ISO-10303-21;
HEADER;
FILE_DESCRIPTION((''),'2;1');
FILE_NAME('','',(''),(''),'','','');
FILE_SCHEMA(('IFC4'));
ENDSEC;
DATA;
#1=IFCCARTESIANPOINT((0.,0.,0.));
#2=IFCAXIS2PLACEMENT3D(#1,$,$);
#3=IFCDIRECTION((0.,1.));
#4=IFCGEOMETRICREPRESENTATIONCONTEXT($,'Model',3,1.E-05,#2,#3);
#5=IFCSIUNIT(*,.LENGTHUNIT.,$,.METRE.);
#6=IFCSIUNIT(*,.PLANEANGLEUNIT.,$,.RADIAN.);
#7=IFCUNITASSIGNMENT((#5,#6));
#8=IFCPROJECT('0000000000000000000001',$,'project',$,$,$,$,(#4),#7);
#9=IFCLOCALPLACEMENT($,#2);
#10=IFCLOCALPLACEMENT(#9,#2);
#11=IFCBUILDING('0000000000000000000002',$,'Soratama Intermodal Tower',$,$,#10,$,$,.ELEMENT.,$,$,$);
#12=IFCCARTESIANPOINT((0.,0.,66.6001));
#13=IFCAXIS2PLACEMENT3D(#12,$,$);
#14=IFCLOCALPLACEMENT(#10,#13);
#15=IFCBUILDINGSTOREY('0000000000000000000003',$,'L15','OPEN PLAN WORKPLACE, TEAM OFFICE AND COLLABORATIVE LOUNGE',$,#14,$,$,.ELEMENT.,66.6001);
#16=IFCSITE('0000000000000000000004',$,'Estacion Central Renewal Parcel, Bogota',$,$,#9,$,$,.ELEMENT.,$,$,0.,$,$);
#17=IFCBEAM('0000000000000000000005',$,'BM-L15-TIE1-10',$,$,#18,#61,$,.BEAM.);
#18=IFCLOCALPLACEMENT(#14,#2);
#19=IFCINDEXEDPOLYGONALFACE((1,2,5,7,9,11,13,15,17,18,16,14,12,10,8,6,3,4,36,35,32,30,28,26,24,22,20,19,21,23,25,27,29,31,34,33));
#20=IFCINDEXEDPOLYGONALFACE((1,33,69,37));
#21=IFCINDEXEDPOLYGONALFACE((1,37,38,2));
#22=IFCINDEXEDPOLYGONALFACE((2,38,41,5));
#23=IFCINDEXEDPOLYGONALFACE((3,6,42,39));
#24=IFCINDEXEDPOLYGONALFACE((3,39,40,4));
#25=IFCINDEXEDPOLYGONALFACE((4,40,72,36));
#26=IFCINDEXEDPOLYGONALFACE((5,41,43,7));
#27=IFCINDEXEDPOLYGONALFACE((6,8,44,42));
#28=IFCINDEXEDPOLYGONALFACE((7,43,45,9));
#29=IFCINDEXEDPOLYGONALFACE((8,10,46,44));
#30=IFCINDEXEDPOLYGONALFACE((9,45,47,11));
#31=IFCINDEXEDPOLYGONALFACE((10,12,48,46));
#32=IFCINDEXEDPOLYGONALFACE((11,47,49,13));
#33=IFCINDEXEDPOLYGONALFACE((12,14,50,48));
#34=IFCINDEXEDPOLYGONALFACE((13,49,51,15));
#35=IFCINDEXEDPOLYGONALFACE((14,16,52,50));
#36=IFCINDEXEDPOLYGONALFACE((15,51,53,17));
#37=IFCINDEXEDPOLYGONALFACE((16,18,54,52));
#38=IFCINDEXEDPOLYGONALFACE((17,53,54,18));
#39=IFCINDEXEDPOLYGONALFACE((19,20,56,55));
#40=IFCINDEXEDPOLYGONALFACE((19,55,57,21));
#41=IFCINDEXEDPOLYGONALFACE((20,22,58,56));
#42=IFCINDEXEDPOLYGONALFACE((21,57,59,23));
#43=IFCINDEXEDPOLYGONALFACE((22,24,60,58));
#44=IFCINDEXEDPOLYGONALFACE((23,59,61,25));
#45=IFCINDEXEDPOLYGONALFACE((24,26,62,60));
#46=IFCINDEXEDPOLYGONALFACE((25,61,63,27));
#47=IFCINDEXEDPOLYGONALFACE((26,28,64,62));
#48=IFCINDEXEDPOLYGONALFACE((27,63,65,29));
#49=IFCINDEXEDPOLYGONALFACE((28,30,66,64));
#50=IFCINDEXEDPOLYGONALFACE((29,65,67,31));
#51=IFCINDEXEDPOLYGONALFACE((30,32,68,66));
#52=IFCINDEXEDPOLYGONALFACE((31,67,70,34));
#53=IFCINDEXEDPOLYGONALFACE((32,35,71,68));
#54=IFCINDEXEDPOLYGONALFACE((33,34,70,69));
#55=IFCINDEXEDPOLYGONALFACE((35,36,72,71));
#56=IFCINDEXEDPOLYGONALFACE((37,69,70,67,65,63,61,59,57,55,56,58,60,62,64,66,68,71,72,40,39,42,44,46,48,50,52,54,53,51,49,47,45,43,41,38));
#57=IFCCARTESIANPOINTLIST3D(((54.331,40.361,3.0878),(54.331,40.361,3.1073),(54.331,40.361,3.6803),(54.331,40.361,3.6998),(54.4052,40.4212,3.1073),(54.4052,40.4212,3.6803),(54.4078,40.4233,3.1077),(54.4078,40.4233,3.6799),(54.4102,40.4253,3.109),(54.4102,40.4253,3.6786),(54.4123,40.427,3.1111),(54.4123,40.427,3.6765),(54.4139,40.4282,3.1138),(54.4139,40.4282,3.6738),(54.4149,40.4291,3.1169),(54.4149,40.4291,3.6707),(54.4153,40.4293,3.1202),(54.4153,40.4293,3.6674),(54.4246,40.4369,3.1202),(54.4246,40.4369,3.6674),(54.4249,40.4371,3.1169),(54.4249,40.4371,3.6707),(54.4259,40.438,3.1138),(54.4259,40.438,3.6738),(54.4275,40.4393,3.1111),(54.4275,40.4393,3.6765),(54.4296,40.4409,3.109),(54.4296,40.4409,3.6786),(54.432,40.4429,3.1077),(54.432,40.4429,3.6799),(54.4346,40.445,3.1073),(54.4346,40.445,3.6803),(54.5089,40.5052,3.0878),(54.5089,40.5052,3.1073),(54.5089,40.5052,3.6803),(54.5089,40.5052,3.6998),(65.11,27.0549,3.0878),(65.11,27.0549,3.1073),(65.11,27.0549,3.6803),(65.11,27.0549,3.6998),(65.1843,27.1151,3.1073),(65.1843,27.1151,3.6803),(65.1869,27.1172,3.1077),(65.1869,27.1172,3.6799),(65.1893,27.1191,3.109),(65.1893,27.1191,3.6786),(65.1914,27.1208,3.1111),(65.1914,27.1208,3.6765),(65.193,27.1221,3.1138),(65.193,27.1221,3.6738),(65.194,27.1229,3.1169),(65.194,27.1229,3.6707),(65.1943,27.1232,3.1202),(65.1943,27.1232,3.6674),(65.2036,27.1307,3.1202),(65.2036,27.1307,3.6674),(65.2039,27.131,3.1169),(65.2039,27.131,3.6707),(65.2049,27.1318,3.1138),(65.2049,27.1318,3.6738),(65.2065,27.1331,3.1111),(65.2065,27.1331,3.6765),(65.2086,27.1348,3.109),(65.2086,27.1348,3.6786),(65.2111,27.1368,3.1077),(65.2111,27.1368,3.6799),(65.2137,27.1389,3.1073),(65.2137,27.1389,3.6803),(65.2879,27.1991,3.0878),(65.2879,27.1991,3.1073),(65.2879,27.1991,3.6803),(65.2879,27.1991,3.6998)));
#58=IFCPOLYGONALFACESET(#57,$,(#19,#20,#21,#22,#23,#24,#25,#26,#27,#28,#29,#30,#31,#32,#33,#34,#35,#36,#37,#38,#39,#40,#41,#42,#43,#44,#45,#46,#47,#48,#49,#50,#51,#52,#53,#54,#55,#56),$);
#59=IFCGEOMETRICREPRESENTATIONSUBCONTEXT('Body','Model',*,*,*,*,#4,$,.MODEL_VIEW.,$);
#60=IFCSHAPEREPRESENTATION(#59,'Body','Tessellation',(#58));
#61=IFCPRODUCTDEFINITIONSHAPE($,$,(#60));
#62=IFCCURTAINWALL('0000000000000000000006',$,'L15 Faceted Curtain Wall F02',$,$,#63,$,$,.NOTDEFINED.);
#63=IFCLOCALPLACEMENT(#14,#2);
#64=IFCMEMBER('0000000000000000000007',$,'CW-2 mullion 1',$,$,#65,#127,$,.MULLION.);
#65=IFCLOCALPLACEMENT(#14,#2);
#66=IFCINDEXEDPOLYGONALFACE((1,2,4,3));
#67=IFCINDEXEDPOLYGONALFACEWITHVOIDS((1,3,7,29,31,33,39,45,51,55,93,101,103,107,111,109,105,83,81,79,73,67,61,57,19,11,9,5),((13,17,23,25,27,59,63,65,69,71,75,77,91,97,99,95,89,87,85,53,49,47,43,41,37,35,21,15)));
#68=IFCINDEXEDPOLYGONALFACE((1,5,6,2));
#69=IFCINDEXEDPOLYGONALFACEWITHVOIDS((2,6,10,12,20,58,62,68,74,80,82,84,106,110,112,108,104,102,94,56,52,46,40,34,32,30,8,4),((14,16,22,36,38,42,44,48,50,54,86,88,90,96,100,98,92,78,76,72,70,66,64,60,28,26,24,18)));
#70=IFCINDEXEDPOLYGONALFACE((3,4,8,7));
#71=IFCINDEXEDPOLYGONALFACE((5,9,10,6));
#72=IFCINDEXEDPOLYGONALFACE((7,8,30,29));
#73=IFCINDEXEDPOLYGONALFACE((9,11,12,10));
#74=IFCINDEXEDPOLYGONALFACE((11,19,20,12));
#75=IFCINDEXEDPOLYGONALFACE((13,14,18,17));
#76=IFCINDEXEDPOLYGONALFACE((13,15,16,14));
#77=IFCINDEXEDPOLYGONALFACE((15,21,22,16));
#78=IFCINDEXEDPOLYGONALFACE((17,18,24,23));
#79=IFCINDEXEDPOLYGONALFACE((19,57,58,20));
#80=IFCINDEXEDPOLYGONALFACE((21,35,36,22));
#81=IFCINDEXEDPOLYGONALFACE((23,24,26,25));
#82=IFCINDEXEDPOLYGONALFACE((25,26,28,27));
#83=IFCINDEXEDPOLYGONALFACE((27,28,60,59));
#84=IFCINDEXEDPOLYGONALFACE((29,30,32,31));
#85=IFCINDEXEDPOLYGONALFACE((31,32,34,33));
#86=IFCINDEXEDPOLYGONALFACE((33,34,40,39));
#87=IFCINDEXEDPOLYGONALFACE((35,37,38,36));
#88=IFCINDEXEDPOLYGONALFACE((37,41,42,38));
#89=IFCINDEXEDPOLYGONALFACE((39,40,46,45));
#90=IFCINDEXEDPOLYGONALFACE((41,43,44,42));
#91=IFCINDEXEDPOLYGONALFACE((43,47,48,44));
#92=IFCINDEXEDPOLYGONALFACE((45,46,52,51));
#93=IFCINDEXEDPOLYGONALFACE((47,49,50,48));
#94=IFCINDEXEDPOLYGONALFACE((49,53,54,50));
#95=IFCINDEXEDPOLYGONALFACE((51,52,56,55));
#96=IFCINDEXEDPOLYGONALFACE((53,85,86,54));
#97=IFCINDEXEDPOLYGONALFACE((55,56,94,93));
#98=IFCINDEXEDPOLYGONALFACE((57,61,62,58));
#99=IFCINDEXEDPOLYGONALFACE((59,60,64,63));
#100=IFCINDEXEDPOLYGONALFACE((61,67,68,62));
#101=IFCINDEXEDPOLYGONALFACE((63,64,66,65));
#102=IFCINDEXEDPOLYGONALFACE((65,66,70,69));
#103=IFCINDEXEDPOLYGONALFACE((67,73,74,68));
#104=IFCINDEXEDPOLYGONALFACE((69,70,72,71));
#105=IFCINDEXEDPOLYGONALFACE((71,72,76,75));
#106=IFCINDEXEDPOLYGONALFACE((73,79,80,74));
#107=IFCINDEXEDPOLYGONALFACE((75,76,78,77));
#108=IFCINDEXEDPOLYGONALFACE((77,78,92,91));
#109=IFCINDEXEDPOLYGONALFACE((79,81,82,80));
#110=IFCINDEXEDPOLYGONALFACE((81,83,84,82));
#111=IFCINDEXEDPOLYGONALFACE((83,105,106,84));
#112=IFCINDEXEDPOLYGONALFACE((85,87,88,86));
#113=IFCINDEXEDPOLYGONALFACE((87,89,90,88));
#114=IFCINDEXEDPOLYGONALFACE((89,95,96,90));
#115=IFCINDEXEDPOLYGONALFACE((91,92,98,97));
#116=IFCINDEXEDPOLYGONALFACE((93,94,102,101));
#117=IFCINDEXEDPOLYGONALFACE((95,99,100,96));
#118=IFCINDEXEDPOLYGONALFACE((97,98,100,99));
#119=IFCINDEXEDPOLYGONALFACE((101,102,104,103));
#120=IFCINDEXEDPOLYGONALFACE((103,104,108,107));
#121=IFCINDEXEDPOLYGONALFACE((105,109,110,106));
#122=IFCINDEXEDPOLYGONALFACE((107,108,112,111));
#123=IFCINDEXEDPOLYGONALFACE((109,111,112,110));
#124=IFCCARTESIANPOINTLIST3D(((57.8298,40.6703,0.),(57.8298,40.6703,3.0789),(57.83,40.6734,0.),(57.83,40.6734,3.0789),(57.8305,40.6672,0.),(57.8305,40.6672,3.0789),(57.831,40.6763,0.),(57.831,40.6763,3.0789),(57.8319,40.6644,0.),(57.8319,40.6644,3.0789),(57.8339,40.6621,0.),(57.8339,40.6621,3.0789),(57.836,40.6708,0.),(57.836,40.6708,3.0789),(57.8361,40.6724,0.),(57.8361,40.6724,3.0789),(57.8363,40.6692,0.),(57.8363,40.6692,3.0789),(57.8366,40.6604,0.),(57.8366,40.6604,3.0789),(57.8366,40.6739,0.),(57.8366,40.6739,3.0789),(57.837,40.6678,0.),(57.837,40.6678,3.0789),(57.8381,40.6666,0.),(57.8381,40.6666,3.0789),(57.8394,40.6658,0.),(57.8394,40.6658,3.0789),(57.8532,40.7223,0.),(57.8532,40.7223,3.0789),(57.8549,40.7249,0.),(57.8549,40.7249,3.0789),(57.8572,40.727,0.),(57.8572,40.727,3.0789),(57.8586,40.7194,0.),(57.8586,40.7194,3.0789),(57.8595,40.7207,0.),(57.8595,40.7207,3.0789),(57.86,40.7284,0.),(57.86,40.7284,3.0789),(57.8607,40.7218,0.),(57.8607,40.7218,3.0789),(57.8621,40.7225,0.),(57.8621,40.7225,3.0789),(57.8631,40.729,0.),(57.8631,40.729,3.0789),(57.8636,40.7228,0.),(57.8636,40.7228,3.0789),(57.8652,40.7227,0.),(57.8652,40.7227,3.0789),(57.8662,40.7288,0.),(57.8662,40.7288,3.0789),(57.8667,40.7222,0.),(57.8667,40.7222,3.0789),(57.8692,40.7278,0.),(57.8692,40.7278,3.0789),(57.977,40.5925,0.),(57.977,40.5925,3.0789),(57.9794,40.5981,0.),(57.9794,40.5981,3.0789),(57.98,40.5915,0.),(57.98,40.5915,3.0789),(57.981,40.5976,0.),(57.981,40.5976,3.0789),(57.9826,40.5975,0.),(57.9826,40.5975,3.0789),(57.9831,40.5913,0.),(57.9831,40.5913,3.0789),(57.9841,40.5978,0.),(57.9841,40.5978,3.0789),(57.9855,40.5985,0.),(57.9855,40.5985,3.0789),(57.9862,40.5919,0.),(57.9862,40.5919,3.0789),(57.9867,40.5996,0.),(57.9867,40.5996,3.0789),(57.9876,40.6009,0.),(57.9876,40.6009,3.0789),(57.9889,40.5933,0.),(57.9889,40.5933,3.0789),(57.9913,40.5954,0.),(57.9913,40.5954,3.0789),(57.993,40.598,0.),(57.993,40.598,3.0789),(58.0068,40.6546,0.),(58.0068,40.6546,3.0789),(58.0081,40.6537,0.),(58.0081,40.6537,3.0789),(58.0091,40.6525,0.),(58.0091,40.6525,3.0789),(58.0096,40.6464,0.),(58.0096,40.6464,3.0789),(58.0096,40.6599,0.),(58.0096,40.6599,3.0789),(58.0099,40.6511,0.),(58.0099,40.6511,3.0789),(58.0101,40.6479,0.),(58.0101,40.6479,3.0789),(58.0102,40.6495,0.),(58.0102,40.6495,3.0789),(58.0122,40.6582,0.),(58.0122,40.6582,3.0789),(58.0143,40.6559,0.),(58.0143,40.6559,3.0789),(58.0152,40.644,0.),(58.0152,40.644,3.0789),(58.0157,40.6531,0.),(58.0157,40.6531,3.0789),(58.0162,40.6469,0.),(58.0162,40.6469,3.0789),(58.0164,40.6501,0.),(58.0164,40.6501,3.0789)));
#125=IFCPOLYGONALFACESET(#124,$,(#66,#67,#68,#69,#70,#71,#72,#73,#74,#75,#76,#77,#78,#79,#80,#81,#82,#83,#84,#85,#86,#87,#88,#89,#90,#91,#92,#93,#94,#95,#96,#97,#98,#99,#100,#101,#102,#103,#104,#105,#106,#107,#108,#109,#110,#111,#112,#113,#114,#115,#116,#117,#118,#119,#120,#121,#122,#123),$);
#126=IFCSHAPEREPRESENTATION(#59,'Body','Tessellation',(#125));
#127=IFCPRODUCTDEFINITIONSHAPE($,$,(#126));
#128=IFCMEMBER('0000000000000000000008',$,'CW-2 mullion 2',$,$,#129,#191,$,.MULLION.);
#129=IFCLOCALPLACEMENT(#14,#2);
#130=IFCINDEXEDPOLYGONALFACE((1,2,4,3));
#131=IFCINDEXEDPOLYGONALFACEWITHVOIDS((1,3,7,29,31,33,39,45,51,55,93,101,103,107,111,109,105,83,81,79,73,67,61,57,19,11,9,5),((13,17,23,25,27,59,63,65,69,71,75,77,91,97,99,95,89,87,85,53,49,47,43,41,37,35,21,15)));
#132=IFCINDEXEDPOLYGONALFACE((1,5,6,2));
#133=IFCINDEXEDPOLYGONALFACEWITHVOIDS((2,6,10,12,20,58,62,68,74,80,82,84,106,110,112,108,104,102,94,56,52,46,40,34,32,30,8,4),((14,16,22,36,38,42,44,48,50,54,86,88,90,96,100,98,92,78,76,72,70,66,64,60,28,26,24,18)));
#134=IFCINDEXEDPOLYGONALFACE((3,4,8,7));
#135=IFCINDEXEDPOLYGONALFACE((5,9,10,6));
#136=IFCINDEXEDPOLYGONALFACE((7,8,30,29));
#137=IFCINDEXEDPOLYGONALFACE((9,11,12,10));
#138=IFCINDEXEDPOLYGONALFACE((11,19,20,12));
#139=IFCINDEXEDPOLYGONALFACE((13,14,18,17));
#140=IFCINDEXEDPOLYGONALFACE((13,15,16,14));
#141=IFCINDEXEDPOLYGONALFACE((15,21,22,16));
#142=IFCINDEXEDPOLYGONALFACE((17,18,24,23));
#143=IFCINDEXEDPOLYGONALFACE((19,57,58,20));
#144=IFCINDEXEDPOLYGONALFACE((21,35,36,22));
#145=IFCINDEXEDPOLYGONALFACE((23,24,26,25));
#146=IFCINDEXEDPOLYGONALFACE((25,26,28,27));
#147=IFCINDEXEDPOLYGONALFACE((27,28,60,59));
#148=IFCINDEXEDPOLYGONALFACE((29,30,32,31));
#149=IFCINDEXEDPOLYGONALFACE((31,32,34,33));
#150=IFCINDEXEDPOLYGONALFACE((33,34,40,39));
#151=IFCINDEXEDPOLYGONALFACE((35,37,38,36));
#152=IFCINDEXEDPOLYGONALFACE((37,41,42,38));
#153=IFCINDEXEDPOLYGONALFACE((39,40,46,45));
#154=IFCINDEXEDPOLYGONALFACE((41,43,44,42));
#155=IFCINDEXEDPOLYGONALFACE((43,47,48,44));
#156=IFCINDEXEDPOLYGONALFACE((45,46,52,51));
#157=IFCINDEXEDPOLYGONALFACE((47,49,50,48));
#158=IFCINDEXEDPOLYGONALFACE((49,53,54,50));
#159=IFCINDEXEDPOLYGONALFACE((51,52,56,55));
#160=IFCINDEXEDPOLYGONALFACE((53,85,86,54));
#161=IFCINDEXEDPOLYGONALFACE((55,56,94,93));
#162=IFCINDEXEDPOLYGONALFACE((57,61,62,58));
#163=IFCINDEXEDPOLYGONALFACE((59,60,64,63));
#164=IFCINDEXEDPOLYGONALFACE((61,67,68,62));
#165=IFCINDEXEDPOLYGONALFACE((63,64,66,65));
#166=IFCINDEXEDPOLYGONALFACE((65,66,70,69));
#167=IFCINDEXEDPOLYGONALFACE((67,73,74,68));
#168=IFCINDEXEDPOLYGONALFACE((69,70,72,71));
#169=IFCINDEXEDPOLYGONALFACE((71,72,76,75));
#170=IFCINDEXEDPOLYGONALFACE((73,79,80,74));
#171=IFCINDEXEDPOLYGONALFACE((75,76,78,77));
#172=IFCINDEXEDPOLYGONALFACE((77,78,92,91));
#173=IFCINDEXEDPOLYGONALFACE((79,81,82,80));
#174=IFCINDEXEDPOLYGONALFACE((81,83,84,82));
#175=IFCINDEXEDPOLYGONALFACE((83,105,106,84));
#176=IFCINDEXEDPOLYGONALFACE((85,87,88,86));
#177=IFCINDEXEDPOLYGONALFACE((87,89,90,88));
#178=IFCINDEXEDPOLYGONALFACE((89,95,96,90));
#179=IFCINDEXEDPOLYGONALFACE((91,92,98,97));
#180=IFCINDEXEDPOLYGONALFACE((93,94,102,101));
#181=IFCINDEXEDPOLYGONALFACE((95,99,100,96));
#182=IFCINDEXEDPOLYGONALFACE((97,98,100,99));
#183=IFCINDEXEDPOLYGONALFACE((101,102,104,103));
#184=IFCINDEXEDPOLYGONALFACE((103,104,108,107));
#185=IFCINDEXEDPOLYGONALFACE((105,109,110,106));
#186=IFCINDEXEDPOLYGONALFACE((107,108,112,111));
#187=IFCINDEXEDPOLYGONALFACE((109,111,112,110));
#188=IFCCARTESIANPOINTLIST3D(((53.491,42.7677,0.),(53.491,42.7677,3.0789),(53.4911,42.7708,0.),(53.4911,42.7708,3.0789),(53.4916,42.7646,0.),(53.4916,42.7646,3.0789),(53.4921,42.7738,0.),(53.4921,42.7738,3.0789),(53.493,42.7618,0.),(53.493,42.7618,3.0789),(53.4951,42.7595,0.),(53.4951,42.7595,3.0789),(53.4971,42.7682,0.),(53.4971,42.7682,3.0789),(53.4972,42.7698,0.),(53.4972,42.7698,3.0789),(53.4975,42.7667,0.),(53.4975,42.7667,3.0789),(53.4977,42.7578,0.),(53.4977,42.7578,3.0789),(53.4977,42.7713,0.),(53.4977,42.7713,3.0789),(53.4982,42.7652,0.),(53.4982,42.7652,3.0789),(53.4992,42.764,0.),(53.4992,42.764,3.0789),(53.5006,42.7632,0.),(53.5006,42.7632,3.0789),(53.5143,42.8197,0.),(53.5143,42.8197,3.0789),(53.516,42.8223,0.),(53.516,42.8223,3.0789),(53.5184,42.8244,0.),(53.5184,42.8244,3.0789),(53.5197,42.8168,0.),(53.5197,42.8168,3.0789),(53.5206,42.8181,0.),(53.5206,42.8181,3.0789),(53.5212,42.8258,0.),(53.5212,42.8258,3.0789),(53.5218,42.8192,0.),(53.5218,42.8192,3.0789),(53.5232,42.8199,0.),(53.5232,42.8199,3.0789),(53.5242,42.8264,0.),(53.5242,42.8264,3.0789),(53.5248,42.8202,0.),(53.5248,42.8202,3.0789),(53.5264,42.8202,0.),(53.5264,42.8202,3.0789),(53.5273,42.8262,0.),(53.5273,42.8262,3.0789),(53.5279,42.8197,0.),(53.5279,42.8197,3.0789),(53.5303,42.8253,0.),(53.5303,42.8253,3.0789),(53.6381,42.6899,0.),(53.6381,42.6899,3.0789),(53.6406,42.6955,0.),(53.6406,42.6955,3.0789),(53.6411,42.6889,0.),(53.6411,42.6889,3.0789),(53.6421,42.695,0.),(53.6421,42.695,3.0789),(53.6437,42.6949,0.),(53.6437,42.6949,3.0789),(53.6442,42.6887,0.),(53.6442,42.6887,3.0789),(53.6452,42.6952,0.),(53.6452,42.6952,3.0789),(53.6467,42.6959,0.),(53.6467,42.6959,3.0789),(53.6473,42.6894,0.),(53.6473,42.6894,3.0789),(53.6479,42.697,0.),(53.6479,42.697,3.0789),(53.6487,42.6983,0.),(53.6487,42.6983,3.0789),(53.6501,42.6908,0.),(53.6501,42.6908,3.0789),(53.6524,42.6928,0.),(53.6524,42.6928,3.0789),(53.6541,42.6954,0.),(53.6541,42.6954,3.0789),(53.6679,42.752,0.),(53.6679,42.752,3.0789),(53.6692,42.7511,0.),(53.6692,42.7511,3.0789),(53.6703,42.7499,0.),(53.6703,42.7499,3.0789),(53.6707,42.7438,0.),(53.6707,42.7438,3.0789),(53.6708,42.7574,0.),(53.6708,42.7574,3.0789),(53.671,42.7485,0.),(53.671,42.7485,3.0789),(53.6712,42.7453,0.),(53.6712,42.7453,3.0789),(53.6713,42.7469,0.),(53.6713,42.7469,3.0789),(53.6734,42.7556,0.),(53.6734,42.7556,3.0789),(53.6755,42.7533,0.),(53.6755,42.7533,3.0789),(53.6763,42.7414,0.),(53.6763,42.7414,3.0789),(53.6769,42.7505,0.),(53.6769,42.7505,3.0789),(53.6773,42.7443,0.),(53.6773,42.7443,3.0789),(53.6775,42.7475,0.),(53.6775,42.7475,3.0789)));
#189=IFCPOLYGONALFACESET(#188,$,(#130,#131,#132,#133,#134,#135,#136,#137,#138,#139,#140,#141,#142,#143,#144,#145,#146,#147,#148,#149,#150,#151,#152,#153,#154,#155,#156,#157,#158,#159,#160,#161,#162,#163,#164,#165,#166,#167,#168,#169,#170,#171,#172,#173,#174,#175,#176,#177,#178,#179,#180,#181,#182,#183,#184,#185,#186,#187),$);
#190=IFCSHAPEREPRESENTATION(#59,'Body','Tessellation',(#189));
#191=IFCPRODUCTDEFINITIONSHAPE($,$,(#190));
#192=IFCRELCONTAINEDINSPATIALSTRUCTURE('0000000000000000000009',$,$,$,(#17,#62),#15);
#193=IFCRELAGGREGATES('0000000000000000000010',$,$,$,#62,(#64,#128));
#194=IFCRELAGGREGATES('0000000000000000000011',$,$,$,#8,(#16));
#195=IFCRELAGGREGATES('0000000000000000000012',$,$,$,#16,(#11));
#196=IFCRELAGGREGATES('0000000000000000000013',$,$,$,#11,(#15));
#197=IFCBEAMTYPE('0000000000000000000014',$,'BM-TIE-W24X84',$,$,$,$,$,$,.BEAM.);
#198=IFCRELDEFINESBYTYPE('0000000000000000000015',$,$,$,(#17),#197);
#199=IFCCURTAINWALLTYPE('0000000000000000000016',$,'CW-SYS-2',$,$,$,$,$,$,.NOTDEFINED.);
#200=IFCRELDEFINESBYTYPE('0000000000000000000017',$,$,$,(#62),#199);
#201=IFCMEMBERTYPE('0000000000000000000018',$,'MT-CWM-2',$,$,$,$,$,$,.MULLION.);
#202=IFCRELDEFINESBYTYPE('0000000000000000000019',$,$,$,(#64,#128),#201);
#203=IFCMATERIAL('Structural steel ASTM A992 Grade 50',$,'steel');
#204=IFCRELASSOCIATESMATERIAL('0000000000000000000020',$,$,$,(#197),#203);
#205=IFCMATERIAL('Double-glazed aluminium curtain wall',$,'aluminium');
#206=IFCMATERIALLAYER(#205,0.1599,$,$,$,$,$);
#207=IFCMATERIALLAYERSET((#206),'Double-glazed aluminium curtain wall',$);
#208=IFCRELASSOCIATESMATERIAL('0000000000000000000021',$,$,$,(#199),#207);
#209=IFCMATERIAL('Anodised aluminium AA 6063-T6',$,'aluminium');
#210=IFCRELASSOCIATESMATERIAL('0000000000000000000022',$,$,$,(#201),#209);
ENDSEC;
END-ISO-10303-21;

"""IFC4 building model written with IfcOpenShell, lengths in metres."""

from ifc_helpers import new_model, si_unit, direction, frame, origin, origin_2d, place, context, subcontext, project, spatial, hollow_rectangle, i_section, extrude, material, layer, layer_set, material_profile, profile_set, type_object, element, aggregate, save


model = new_model("IFC4")

# Units and contexts
model_context = context("Model", 3, precision=1e-05, world=origin(), true_north=direction((0.0, 1.0)))
body_context = subcontext(model_context, "Body", "Model", "MODEL_VIEW")
ifc_project = project(units=[si_unit("LENGTHUNIT", "METRE"), si_unit("PLANEANGLEUNIT", "RADIAN")], contexts=[model_context])

# Site, building, storey
site_placement = place(None, origin())
site = spatial("IfcSite", under=ifc_project, at=site_placement, Name="Estacion Central Renewal Parcel, Bogota", CompositionType="ELEMENT", RefElevation=0.0)
building_placement = place(site_placement, origin())
building = spatial("IfcBuilding", under=site, at=building_placement, Name="Soratama Intermodal Tower", CompositionType="ELEMENT")
storey_placement = place(building_placement, frame((0.0, 0.0, 66.6001)))
storey = spatial("IfcBuildingStorey", under=building, at=storey_placement, Name="L15", Description="OPEN PLAN WORKPLACE, TEAM OFFICE AND COLLABORATIVE LOUNGE", CompositionType="ELEMENT", Elevation=66.6001)

# Beam
ifc_material_1 = material(Name="Structural steel ASTM A992 Grade 50", Category="steel")
ifc_material_profile_1 = material_profile(ifc_material_1, i_section(OverallWidth=0.229, OverallDepth=0.6121, WebThickness=0.012, FlangeThickness=0.0195, FilletRadius=0.0129, at=origin_2d()), Name="W24X84")
ifc_profile_set_1 = profile_set([ifc_material_profile_1], Name="Structural steel ASTM A992 Grade 50")
beam_type_1 = type_object("IfcBeamType", Name="BM-TIE-W24X84", PredefinedType="BEAM", material=ifc_profile_set_1)
beam_1_placement = place(storey_placement, frame((54.4199, 40.4331, 3.3938), z_axis=(0.629459, -0.777033, 0.0), x_axis=(0.777033, 0.629459, 0.0)))
element("IfcBeam", 1, at=beam_1_placement, inside=storey, type_object=beam_type_1, Name="BM-L15-TIE1-10", PredefinedType="BEAM", context=body_context, shape_type="SweptSolid", body=[
    extrude(i_section(OverallWidth=0.229, OverallDepth=0.6121, WebThickness=0.012, FlangeThickness=0.0195, FilletRadius=0.0129, at=origin_2d()), origin(), (0.0, 0.0, 1.0), 17.1243),
])

# Curtain wall, members
ifc_material_2 = material(Name="Double-glazed aluminium curtain wall", Category="aluminium")
ifc_layer_1 = layer(ifc_material_2, 0.1599)
ifc_layer_set_1 = layer_set([ifc_layer_1], Name="Double-glazed aluminium curtain wall")
curtain_wall_type = type_object("IfcCurtainWallType", Name="CW-SYS-2", PredefinedType="NOTDEFINED", material=ifc_layer_set_1)
curtain_wall_placement = place(storey_placement, origin())
curtain_wall = element("IfcCurtainWall", 2, at=curtain_wall_placement, inside=storey, type_object=curtain_wall_type, Name="L15 Faceted Curtain Wall F02", PredefinedType="NOTDEFINED")
ifc_material_3 = material(Name="Anodised aluminium AA 6063-T6", Category="aluminium")
ifc_material_profile_2 = material_profile(ifc_material_3, hollow_rectangle(XDim=0.075, YDim=0.1799, WallThickness=0.0061, InnerFilletRadius=0.0061, OuterFilletRadius=0.012, at=origin_2d()), Name="CWM180X75X6")
ifc_profile_set_2 = profile_set([ifc_material_profile_2], Name="Anodised aluminium AA 6063-T6")
member_type_1 = type_object("IfcMemberType", Name="MT-CWM-2", PredefinedType="MULLION", material=ifc_profile_set_2)
member_1_placement = place(storey_placement, frame((57.9231, 40.6602, 0.0), z_axis=(0.0, 0.0, 1.0), x_axis=(-0.435225, -0.900322, 0.0)))
member_1 = element("IfcMember", 3, at=member_1_placement, type_object=member_type_1, Name="CW-2 mullion 1", PredefinedType="MULLION", context=body_context, shape_type="SweptSolid", body=[
    extrude(hollow_rectangle(XDim=0.075, YDim=0.1799, WallThickness=0.0061, InnerFilletRadius=0.0061, OuterFilletRadius=0.012, at=origin_2d()), origin(), (0.0, 0.0, 1.0), 3.0789),
])
member_2_placement = place(storey_placement, frame((53.5842, 42.7576, 0.0), z_axis=(0.0, 0.0, 1.0), x_axis=(-0.435225, -0.900322, 0.0)))
member_2 = element("IfcMember", 4, at=member_2_placement, type_object=member_type_1, Name="CW-2 mullion 2", PredefinedType="MULLION", context=body_context, shape_type="SweptSolid", body=[
    extrude(hollow_rectangle(XDim=0.075, YDim=0.1799, WallThickness=0.0061, InnerFilletRadius=0.0061, OuterFilletRadius=0.012, at=origin_2d()), origin(), (0.0, 0.0, 1.0), 3.0789),
])
aggregate(curtain_wall, [member_1, member_2])

save(model, "model.ifc")
